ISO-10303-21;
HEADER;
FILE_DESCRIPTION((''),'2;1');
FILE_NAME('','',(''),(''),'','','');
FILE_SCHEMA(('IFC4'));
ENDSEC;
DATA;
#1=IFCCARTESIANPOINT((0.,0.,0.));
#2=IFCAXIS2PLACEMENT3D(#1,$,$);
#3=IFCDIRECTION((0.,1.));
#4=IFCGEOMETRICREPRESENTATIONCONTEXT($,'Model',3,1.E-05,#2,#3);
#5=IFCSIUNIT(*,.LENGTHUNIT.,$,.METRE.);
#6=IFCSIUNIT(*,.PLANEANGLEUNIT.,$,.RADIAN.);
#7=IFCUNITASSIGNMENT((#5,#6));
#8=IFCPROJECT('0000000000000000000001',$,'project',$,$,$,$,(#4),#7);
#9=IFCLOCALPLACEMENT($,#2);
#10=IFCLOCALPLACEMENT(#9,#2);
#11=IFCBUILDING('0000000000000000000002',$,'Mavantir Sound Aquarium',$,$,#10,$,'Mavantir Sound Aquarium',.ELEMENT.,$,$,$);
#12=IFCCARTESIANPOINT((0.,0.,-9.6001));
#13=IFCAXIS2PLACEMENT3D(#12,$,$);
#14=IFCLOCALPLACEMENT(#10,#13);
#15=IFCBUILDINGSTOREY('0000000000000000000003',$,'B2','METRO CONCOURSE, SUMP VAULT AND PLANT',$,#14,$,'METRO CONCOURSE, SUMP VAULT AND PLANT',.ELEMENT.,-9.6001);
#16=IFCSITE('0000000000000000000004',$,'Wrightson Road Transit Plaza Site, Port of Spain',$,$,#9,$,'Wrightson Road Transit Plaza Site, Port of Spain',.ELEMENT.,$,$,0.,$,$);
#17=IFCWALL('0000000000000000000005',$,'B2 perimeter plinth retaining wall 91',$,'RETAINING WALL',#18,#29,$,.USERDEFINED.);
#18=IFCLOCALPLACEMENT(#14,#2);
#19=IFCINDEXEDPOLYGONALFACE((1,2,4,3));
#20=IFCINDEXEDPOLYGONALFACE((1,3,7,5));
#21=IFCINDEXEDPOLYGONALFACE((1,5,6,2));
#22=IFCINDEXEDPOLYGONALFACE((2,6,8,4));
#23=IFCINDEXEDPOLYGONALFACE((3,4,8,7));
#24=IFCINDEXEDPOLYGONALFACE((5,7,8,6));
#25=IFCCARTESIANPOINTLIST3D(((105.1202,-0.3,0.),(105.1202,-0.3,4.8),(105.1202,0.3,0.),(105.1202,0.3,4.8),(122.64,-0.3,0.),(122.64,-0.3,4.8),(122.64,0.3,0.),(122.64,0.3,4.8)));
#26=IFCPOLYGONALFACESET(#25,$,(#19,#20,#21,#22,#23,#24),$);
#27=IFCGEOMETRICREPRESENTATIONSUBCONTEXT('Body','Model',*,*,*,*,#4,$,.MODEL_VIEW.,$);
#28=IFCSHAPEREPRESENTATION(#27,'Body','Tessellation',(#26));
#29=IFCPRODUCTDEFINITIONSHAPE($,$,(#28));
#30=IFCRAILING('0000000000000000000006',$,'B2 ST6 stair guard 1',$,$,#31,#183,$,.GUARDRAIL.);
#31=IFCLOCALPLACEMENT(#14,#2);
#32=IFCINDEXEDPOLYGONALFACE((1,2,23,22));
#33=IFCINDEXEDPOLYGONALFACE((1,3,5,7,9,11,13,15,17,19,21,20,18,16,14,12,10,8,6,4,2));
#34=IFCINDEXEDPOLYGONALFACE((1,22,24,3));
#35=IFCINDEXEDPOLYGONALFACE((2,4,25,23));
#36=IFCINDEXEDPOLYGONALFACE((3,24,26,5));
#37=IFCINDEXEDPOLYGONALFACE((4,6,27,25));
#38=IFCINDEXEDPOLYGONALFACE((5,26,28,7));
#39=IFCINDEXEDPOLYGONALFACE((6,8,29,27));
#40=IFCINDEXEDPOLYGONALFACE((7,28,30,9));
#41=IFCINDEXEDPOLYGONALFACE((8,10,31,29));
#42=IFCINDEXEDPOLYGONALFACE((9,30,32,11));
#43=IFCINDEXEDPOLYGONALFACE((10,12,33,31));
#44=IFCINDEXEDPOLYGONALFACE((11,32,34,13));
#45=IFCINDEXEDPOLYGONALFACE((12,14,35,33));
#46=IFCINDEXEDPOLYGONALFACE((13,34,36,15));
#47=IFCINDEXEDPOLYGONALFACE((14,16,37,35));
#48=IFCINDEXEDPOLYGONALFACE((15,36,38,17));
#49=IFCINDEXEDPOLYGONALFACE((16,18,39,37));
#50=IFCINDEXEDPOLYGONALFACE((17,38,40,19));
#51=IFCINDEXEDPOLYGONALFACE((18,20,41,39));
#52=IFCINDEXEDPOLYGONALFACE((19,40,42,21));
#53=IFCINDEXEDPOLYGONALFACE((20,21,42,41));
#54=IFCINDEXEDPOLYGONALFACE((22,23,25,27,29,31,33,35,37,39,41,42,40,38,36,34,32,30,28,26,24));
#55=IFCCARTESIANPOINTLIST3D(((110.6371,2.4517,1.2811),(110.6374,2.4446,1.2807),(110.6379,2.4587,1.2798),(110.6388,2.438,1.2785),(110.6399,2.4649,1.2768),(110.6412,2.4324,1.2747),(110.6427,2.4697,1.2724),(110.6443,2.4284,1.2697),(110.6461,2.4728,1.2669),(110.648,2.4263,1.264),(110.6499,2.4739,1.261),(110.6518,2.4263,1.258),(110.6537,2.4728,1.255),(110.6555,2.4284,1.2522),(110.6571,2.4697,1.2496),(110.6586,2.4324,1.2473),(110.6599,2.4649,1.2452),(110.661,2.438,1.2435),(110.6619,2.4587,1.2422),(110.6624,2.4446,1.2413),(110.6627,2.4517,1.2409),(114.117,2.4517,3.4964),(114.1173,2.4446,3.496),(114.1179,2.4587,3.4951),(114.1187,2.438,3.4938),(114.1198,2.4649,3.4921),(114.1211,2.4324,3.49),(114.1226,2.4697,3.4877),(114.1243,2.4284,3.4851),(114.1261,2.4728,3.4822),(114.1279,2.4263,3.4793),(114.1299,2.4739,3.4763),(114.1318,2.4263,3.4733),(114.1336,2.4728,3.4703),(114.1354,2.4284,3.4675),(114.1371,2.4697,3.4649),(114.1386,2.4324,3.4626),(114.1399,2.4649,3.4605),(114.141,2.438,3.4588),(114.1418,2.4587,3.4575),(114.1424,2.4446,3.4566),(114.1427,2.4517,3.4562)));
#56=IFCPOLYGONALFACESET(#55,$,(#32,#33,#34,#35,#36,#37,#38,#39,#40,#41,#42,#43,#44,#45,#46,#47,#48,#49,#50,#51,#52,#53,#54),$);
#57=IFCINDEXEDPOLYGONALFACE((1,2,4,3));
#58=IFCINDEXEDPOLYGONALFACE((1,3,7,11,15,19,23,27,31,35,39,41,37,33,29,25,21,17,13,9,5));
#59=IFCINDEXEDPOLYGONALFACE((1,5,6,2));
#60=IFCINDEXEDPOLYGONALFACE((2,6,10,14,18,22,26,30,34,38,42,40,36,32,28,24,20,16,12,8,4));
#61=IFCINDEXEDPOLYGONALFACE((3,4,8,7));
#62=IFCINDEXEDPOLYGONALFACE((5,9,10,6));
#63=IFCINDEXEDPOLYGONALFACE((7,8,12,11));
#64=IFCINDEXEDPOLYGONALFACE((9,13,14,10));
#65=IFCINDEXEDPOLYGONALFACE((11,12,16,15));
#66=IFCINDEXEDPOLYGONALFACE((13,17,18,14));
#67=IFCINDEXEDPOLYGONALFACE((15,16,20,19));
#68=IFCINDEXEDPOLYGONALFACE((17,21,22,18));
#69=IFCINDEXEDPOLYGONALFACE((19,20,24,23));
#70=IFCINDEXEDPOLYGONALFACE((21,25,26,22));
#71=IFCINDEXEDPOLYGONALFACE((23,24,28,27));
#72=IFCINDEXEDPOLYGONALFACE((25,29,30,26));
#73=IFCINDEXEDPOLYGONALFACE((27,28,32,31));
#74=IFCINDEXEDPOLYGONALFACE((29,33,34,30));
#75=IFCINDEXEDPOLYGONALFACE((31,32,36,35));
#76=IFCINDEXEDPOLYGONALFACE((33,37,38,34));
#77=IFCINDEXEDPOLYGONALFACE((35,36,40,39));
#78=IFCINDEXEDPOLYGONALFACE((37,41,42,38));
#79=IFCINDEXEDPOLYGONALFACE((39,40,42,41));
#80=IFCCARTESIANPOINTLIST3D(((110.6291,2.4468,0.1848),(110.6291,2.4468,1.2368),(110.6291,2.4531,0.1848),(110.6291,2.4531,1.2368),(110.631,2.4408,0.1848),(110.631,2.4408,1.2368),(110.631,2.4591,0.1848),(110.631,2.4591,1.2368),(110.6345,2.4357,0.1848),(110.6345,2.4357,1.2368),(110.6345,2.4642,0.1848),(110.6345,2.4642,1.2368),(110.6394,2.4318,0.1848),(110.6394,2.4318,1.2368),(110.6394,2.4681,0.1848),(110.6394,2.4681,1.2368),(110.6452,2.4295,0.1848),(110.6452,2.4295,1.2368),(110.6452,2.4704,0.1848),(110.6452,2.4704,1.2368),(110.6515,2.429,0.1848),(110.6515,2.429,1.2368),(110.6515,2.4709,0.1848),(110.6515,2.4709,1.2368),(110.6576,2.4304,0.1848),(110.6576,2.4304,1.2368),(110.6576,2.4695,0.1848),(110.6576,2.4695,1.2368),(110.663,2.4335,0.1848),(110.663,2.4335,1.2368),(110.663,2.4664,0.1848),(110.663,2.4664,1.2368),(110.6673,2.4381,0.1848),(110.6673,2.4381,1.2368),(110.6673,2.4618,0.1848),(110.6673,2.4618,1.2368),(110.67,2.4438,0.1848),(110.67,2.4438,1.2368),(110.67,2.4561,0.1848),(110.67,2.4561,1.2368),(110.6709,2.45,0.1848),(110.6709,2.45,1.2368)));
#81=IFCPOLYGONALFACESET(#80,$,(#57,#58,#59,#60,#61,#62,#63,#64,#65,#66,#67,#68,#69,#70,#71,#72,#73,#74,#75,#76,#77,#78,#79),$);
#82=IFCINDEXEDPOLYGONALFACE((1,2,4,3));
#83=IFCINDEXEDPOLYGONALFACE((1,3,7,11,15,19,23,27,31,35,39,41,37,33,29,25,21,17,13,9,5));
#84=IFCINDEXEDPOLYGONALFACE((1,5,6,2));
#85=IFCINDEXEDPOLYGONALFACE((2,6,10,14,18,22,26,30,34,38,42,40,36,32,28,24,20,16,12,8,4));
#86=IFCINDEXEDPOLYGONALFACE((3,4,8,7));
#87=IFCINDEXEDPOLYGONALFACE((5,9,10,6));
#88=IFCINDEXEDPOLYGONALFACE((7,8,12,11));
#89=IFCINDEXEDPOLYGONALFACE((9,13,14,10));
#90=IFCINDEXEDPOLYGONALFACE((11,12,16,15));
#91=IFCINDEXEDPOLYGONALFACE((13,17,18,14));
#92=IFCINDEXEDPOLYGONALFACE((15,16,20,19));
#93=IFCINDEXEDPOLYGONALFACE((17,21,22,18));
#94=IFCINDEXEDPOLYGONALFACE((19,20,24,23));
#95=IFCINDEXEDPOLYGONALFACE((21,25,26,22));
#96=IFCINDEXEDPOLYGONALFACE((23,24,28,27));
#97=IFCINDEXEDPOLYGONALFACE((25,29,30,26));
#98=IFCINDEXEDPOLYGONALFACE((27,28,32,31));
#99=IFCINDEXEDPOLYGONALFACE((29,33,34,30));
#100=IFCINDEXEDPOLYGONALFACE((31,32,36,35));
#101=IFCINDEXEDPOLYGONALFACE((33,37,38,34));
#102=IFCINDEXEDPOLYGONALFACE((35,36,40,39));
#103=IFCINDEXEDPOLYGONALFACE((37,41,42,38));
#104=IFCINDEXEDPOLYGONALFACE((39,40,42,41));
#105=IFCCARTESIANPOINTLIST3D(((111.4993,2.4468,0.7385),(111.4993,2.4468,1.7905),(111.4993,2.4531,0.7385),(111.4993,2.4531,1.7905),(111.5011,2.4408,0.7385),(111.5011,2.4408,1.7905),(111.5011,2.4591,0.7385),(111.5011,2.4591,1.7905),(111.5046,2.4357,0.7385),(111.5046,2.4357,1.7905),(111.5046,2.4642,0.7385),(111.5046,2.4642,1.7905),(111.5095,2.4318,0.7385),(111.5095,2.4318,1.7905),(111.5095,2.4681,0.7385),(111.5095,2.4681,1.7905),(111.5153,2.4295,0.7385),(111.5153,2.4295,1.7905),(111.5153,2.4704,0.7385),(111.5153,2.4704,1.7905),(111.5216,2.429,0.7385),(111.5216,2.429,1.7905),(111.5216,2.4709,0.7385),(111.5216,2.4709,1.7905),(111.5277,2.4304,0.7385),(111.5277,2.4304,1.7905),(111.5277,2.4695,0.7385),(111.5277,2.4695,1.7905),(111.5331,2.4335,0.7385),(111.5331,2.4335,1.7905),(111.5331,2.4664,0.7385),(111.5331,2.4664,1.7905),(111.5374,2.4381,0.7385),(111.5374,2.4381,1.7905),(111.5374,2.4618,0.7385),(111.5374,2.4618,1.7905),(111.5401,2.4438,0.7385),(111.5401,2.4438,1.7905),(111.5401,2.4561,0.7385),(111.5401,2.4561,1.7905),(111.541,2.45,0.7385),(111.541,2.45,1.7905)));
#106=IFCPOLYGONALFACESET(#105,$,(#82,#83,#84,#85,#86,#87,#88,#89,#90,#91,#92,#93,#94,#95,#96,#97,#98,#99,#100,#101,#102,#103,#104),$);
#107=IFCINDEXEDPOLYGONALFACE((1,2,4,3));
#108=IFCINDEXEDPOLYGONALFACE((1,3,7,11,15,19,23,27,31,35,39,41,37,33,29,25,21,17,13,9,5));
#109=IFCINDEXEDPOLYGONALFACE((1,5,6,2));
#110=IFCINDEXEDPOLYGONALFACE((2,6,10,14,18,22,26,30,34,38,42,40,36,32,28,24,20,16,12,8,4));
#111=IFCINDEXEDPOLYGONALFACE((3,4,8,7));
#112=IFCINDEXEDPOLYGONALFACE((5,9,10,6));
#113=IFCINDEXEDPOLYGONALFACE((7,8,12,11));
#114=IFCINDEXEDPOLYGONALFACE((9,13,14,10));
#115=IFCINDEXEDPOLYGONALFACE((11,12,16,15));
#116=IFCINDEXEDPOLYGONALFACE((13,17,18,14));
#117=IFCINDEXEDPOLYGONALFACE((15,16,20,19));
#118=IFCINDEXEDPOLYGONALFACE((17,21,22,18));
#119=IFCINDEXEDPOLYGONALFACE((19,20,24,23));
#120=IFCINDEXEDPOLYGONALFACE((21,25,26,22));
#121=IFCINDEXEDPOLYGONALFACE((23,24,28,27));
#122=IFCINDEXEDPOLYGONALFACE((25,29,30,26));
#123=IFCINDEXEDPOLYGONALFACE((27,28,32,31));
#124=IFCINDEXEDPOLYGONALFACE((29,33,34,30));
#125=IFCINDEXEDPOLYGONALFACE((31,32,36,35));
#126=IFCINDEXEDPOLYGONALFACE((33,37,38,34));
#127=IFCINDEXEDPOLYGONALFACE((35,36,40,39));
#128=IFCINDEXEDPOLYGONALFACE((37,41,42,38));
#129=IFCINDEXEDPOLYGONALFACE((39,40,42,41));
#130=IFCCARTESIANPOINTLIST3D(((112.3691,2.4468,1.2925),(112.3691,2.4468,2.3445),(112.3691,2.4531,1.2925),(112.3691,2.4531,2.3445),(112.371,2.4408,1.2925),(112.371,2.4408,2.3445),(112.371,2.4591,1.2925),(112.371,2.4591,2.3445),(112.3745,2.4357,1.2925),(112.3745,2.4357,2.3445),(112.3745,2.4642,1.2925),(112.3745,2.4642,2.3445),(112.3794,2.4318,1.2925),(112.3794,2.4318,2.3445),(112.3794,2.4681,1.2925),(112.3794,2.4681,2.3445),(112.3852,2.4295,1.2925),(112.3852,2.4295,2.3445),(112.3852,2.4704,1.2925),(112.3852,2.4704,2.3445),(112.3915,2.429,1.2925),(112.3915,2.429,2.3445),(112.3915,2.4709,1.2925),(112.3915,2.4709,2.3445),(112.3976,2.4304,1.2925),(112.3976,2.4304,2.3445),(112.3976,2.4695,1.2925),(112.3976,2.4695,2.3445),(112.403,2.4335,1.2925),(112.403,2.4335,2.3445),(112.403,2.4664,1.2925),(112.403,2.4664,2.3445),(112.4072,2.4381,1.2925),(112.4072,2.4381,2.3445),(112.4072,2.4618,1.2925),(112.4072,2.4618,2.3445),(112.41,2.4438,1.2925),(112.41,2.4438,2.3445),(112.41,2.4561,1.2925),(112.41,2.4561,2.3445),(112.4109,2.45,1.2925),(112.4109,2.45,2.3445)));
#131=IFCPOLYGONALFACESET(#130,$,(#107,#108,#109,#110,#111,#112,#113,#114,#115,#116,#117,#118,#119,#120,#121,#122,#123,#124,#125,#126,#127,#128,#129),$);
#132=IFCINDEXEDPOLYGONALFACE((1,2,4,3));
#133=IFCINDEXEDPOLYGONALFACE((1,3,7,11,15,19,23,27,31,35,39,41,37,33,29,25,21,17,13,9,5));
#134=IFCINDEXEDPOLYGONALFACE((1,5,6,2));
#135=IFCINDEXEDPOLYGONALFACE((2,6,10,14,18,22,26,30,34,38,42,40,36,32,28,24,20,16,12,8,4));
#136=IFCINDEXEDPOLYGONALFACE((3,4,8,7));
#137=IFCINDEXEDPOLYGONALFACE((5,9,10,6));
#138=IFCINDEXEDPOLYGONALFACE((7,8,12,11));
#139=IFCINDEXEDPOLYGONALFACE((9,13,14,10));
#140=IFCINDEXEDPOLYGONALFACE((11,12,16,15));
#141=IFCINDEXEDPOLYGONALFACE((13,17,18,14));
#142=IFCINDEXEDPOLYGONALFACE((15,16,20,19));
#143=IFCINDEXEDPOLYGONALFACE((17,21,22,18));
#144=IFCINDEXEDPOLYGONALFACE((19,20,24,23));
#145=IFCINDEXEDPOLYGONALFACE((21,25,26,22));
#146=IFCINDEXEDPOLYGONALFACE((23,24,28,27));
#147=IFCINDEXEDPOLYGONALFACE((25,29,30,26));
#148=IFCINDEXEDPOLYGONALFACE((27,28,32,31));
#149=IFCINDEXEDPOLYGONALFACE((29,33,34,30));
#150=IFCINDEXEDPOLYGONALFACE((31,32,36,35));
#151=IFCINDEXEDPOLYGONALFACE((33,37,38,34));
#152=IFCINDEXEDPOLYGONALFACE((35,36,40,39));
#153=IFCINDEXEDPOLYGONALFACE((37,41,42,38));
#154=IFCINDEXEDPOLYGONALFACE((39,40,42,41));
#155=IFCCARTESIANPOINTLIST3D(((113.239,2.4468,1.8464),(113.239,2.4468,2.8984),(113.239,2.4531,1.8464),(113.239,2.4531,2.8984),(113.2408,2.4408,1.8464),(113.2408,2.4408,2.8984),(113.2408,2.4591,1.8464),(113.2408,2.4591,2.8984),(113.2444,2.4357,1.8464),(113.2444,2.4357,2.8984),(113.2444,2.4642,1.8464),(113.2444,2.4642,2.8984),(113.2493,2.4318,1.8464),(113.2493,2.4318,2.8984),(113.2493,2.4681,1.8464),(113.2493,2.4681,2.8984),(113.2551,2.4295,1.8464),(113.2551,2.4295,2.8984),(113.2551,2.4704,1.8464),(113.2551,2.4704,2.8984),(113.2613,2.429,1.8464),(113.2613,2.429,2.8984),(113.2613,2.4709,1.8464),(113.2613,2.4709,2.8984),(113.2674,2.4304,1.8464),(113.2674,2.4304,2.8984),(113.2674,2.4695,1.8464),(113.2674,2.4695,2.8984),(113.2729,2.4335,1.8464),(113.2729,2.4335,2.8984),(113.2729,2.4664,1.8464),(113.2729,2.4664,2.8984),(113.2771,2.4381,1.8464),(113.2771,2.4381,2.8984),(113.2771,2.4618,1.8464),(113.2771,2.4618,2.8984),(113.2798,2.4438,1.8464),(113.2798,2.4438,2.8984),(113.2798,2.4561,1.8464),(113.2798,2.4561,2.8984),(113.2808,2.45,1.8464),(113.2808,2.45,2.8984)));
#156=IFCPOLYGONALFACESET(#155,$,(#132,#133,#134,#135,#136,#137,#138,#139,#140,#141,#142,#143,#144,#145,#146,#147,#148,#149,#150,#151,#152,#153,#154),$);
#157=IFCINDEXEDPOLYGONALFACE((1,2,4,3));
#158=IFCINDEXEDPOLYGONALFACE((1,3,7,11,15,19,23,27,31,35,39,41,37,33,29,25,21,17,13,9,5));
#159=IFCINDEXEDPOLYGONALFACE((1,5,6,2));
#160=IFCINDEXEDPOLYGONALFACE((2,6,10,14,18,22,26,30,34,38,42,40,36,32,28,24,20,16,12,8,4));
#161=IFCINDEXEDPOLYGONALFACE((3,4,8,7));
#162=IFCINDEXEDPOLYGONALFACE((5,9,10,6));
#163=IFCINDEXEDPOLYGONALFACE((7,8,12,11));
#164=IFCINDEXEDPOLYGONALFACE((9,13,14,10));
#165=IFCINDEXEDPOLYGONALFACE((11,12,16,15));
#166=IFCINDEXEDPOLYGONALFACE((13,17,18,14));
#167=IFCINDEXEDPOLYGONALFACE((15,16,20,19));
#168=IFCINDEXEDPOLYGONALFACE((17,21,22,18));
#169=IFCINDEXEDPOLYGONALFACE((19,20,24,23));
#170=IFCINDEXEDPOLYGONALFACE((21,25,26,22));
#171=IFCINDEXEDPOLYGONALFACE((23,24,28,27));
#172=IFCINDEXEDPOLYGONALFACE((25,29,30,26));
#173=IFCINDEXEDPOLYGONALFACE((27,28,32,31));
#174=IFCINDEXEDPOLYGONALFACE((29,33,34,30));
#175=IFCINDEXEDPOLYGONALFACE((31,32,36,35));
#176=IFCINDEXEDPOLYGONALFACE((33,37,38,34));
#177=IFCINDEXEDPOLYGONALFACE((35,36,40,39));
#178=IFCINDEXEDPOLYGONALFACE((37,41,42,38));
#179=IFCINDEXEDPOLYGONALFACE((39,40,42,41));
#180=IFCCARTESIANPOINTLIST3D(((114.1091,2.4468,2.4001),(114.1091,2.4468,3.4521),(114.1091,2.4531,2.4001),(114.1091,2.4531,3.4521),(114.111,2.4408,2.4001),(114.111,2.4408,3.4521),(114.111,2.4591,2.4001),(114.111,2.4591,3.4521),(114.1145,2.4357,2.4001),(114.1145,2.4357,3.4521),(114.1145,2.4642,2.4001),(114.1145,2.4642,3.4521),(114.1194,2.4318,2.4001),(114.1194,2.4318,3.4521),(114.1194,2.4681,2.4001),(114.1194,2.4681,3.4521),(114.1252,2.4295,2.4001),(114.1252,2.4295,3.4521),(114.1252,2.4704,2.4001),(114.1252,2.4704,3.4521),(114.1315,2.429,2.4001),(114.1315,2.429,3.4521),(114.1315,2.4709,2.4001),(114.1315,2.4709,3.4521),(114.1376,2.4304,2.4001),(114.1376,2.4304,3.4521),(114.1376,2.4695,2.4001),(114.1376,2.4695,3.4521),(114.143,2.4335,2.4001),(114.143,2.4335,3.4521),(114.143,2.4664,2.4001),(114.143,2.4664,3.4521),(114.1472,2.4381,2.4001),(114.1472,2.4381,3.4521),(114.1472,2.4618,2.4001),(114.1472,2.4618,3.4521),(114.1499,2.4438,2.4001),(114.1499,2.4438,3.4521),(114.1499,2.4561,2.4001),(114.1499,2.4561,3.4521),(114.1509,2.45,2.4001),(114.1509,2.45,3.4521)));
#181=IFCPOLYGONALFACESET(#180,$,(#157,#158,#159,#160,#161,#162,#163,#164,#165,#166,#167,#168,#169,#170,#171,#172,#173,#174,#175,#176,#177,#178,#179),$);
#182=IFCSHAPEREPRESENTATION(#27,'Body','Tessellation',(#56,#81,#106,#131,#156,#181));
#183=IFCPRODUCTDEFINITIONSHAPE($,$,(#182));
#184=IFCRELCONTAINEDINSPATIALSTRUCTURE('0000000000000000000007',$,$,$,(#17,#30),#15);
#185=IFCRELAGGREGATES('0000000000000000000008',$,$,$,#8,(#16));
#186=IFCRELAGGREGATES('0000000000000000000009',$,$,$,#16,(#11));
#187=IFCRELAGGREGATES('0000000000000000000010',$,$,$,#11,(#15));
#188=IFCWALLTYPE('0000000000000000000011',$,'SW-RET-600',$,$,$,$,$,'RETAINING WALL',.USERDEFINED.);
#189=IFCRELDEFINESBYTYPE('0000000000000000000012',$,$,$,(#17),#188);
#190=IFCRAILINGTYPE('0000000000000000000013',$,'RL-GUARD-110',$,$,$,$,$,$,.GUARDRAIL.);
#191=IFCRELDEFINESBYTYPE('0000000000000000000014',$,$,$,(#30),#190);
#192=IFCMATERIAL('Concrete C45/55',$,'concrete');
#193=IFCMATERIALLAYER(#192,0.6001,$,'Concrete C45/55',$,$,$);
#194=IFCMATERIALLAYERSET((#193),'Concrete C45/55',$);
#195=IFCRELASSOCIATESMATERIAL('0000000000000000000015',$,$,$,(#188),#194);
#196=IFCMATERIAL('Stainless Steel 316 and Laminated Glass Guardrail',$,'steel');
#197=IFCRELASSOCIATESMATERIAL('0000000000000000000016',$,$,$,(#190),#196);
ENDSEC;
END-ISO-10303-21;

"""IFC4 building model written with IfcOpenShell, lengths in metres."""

from ifc_helpers import new_model, si_unit, direction, frame, frame_2d, origin, origin_2d, place, context, subcontext, project, spatial, rectangle, circle, extrude, material, layer, layer_set, type_object, element, save


model = new_model("IFC4")

# Units and contexts
model_context = context("Model", 3, precision=1e-05, world=origin(), true_north=direction((0.0, 1.0)))
body_context = subcontext(model_context, "Body", "Model", "MODEL_VIEW")
ifc_project = project(units=[si_unit("LENGTHUNIT", "METRE"), si_unit("PLANEANGLEUNIT", "RADIAN")], contexts=[model_context])

# Site, building, storey
site_placement = place(None, origin())
site = spatial("IfcSite", under=ifc_project, at=site_placement, Name="Wrightson Road Transit Plaza Site, Port of Spain", LongName="Wrightson Road Transit Plaza Site, Port of Spain", CompositionType="ELEMENT", RefElevation=0.0)
building_placement = place(site_placement, origin())
building = spatial("IfcBuilding", under=site, at=building_placement, Name="Mavantir Sound Aquarium", LongName="Mavantir Sound Aquarium", CompositionType="ELEMENT")
storey_placement = place(building_placement, frame((0.0, 0.0, -9.6001)))
storey = spatial("IfcBuildingStorey", under=building, at=storey_placement, Name="B2", Description="METRO CONCOURSE, SUMP VAULT AND PLANT", LongName="METRO CONCOURSE, SUMP VAULT AND PLANT", CompositionType="ELEMENT", Elevation=-9.6001)

# Wall
ifc_material_1 = material(Name="Concrete C45/55", Category="concrete")
ifc_layer_1 = layer(ifc_material_1, 0.6001, Name="Concrete C45/55")
ifc_layer_set_1 = layer_set([ifc_layer_1], Name="Concrete C45/55")
wall_type_1 = type_object("IfcWallType", Name="SW-RET-600", ElementType="RETAINING WALL", PredefinedType="USERDEFINED", material=ifc_layer_set_1)
wall_1_placement = place(storey_placement, frame((122.6399, 0.0, 0.0), z_axis=(0.0, 0.0, 1.0), x_axis=(-1.0, 0.0, 0.0)))
element("IfcWall", 1, at=wall_1_placement, inside=storey, type_object=wall_type_1, Name="B2 perimeter plinth retaining wall 91", ObjectType="RETAINING WALL", PredefinedType="USERDEFINED", context=body_context, shape_type="SweptSolid", body=[
    extrude(rectangle(XDim=17.5198, YDim=0.6001, at=frame_2d((8.7598, 0.0))), origin(), (0.0, 0.0, 1.0), 4.8),
])

# Railing
ifc_material_2 = material(Name="Stainless Steel 316 and Laminated Glass Guardrail", Category="steel")
railing_type = type_object("IfcRailingType", Name="RL-GUARD-110", PredefinedType="GUARDRAIL", material=ifc_material_2)
railing_1_placement = place(storey_placement, frame((110.6499, 2.45, 0.1848)))
element("IfcRailing", 2, at=railing_1_placement, inside=storey, type_object=railing_type, Name="B2 ST6 stair guard 1", PredefinedType="GUARDRAIL", context=body_context, shape_type="SweptSolid", body=[
    extrude(circle(Radius=0.0239, at=origin_2d()), frame((0.0, 0.0, 1.0762), z_axis=(0.843574, 0.0, 0.537013), x_axis=(0.0, 1.0, 0.0)), (0.0, 0.0, 1.0), 4.1252),
    extrude(circle(Radius=0.021, at=origin_2d()), origin(), (0.0, 0.0, 1.0), 1.052),
    extrude(circle(Radius=0.021, at=origin_2d()), frame((0.8701, 0.0, 0.5537)), (0.0, 0.0, 1.0), 1.052),
    extrude(circle(Radius=0.021, at=origin_2d()), frame((1.74, 0.0, 1.1077)), (0.0, 0.0, 1.0), 1.052),
    extrude(circle(Radius=0.021, at=origin_2d()), frame((2.6099, 0.0, 1.6616)), (0.0, 0.0, 1.0), 1.052),
    extrude(circle(Radius=0.021, at=origin_2d()), frame((3.48, 0.0, 2.2153)), (0.0, 0.0, 1.0), 1.052),
])

save(model, "model.ifc")
